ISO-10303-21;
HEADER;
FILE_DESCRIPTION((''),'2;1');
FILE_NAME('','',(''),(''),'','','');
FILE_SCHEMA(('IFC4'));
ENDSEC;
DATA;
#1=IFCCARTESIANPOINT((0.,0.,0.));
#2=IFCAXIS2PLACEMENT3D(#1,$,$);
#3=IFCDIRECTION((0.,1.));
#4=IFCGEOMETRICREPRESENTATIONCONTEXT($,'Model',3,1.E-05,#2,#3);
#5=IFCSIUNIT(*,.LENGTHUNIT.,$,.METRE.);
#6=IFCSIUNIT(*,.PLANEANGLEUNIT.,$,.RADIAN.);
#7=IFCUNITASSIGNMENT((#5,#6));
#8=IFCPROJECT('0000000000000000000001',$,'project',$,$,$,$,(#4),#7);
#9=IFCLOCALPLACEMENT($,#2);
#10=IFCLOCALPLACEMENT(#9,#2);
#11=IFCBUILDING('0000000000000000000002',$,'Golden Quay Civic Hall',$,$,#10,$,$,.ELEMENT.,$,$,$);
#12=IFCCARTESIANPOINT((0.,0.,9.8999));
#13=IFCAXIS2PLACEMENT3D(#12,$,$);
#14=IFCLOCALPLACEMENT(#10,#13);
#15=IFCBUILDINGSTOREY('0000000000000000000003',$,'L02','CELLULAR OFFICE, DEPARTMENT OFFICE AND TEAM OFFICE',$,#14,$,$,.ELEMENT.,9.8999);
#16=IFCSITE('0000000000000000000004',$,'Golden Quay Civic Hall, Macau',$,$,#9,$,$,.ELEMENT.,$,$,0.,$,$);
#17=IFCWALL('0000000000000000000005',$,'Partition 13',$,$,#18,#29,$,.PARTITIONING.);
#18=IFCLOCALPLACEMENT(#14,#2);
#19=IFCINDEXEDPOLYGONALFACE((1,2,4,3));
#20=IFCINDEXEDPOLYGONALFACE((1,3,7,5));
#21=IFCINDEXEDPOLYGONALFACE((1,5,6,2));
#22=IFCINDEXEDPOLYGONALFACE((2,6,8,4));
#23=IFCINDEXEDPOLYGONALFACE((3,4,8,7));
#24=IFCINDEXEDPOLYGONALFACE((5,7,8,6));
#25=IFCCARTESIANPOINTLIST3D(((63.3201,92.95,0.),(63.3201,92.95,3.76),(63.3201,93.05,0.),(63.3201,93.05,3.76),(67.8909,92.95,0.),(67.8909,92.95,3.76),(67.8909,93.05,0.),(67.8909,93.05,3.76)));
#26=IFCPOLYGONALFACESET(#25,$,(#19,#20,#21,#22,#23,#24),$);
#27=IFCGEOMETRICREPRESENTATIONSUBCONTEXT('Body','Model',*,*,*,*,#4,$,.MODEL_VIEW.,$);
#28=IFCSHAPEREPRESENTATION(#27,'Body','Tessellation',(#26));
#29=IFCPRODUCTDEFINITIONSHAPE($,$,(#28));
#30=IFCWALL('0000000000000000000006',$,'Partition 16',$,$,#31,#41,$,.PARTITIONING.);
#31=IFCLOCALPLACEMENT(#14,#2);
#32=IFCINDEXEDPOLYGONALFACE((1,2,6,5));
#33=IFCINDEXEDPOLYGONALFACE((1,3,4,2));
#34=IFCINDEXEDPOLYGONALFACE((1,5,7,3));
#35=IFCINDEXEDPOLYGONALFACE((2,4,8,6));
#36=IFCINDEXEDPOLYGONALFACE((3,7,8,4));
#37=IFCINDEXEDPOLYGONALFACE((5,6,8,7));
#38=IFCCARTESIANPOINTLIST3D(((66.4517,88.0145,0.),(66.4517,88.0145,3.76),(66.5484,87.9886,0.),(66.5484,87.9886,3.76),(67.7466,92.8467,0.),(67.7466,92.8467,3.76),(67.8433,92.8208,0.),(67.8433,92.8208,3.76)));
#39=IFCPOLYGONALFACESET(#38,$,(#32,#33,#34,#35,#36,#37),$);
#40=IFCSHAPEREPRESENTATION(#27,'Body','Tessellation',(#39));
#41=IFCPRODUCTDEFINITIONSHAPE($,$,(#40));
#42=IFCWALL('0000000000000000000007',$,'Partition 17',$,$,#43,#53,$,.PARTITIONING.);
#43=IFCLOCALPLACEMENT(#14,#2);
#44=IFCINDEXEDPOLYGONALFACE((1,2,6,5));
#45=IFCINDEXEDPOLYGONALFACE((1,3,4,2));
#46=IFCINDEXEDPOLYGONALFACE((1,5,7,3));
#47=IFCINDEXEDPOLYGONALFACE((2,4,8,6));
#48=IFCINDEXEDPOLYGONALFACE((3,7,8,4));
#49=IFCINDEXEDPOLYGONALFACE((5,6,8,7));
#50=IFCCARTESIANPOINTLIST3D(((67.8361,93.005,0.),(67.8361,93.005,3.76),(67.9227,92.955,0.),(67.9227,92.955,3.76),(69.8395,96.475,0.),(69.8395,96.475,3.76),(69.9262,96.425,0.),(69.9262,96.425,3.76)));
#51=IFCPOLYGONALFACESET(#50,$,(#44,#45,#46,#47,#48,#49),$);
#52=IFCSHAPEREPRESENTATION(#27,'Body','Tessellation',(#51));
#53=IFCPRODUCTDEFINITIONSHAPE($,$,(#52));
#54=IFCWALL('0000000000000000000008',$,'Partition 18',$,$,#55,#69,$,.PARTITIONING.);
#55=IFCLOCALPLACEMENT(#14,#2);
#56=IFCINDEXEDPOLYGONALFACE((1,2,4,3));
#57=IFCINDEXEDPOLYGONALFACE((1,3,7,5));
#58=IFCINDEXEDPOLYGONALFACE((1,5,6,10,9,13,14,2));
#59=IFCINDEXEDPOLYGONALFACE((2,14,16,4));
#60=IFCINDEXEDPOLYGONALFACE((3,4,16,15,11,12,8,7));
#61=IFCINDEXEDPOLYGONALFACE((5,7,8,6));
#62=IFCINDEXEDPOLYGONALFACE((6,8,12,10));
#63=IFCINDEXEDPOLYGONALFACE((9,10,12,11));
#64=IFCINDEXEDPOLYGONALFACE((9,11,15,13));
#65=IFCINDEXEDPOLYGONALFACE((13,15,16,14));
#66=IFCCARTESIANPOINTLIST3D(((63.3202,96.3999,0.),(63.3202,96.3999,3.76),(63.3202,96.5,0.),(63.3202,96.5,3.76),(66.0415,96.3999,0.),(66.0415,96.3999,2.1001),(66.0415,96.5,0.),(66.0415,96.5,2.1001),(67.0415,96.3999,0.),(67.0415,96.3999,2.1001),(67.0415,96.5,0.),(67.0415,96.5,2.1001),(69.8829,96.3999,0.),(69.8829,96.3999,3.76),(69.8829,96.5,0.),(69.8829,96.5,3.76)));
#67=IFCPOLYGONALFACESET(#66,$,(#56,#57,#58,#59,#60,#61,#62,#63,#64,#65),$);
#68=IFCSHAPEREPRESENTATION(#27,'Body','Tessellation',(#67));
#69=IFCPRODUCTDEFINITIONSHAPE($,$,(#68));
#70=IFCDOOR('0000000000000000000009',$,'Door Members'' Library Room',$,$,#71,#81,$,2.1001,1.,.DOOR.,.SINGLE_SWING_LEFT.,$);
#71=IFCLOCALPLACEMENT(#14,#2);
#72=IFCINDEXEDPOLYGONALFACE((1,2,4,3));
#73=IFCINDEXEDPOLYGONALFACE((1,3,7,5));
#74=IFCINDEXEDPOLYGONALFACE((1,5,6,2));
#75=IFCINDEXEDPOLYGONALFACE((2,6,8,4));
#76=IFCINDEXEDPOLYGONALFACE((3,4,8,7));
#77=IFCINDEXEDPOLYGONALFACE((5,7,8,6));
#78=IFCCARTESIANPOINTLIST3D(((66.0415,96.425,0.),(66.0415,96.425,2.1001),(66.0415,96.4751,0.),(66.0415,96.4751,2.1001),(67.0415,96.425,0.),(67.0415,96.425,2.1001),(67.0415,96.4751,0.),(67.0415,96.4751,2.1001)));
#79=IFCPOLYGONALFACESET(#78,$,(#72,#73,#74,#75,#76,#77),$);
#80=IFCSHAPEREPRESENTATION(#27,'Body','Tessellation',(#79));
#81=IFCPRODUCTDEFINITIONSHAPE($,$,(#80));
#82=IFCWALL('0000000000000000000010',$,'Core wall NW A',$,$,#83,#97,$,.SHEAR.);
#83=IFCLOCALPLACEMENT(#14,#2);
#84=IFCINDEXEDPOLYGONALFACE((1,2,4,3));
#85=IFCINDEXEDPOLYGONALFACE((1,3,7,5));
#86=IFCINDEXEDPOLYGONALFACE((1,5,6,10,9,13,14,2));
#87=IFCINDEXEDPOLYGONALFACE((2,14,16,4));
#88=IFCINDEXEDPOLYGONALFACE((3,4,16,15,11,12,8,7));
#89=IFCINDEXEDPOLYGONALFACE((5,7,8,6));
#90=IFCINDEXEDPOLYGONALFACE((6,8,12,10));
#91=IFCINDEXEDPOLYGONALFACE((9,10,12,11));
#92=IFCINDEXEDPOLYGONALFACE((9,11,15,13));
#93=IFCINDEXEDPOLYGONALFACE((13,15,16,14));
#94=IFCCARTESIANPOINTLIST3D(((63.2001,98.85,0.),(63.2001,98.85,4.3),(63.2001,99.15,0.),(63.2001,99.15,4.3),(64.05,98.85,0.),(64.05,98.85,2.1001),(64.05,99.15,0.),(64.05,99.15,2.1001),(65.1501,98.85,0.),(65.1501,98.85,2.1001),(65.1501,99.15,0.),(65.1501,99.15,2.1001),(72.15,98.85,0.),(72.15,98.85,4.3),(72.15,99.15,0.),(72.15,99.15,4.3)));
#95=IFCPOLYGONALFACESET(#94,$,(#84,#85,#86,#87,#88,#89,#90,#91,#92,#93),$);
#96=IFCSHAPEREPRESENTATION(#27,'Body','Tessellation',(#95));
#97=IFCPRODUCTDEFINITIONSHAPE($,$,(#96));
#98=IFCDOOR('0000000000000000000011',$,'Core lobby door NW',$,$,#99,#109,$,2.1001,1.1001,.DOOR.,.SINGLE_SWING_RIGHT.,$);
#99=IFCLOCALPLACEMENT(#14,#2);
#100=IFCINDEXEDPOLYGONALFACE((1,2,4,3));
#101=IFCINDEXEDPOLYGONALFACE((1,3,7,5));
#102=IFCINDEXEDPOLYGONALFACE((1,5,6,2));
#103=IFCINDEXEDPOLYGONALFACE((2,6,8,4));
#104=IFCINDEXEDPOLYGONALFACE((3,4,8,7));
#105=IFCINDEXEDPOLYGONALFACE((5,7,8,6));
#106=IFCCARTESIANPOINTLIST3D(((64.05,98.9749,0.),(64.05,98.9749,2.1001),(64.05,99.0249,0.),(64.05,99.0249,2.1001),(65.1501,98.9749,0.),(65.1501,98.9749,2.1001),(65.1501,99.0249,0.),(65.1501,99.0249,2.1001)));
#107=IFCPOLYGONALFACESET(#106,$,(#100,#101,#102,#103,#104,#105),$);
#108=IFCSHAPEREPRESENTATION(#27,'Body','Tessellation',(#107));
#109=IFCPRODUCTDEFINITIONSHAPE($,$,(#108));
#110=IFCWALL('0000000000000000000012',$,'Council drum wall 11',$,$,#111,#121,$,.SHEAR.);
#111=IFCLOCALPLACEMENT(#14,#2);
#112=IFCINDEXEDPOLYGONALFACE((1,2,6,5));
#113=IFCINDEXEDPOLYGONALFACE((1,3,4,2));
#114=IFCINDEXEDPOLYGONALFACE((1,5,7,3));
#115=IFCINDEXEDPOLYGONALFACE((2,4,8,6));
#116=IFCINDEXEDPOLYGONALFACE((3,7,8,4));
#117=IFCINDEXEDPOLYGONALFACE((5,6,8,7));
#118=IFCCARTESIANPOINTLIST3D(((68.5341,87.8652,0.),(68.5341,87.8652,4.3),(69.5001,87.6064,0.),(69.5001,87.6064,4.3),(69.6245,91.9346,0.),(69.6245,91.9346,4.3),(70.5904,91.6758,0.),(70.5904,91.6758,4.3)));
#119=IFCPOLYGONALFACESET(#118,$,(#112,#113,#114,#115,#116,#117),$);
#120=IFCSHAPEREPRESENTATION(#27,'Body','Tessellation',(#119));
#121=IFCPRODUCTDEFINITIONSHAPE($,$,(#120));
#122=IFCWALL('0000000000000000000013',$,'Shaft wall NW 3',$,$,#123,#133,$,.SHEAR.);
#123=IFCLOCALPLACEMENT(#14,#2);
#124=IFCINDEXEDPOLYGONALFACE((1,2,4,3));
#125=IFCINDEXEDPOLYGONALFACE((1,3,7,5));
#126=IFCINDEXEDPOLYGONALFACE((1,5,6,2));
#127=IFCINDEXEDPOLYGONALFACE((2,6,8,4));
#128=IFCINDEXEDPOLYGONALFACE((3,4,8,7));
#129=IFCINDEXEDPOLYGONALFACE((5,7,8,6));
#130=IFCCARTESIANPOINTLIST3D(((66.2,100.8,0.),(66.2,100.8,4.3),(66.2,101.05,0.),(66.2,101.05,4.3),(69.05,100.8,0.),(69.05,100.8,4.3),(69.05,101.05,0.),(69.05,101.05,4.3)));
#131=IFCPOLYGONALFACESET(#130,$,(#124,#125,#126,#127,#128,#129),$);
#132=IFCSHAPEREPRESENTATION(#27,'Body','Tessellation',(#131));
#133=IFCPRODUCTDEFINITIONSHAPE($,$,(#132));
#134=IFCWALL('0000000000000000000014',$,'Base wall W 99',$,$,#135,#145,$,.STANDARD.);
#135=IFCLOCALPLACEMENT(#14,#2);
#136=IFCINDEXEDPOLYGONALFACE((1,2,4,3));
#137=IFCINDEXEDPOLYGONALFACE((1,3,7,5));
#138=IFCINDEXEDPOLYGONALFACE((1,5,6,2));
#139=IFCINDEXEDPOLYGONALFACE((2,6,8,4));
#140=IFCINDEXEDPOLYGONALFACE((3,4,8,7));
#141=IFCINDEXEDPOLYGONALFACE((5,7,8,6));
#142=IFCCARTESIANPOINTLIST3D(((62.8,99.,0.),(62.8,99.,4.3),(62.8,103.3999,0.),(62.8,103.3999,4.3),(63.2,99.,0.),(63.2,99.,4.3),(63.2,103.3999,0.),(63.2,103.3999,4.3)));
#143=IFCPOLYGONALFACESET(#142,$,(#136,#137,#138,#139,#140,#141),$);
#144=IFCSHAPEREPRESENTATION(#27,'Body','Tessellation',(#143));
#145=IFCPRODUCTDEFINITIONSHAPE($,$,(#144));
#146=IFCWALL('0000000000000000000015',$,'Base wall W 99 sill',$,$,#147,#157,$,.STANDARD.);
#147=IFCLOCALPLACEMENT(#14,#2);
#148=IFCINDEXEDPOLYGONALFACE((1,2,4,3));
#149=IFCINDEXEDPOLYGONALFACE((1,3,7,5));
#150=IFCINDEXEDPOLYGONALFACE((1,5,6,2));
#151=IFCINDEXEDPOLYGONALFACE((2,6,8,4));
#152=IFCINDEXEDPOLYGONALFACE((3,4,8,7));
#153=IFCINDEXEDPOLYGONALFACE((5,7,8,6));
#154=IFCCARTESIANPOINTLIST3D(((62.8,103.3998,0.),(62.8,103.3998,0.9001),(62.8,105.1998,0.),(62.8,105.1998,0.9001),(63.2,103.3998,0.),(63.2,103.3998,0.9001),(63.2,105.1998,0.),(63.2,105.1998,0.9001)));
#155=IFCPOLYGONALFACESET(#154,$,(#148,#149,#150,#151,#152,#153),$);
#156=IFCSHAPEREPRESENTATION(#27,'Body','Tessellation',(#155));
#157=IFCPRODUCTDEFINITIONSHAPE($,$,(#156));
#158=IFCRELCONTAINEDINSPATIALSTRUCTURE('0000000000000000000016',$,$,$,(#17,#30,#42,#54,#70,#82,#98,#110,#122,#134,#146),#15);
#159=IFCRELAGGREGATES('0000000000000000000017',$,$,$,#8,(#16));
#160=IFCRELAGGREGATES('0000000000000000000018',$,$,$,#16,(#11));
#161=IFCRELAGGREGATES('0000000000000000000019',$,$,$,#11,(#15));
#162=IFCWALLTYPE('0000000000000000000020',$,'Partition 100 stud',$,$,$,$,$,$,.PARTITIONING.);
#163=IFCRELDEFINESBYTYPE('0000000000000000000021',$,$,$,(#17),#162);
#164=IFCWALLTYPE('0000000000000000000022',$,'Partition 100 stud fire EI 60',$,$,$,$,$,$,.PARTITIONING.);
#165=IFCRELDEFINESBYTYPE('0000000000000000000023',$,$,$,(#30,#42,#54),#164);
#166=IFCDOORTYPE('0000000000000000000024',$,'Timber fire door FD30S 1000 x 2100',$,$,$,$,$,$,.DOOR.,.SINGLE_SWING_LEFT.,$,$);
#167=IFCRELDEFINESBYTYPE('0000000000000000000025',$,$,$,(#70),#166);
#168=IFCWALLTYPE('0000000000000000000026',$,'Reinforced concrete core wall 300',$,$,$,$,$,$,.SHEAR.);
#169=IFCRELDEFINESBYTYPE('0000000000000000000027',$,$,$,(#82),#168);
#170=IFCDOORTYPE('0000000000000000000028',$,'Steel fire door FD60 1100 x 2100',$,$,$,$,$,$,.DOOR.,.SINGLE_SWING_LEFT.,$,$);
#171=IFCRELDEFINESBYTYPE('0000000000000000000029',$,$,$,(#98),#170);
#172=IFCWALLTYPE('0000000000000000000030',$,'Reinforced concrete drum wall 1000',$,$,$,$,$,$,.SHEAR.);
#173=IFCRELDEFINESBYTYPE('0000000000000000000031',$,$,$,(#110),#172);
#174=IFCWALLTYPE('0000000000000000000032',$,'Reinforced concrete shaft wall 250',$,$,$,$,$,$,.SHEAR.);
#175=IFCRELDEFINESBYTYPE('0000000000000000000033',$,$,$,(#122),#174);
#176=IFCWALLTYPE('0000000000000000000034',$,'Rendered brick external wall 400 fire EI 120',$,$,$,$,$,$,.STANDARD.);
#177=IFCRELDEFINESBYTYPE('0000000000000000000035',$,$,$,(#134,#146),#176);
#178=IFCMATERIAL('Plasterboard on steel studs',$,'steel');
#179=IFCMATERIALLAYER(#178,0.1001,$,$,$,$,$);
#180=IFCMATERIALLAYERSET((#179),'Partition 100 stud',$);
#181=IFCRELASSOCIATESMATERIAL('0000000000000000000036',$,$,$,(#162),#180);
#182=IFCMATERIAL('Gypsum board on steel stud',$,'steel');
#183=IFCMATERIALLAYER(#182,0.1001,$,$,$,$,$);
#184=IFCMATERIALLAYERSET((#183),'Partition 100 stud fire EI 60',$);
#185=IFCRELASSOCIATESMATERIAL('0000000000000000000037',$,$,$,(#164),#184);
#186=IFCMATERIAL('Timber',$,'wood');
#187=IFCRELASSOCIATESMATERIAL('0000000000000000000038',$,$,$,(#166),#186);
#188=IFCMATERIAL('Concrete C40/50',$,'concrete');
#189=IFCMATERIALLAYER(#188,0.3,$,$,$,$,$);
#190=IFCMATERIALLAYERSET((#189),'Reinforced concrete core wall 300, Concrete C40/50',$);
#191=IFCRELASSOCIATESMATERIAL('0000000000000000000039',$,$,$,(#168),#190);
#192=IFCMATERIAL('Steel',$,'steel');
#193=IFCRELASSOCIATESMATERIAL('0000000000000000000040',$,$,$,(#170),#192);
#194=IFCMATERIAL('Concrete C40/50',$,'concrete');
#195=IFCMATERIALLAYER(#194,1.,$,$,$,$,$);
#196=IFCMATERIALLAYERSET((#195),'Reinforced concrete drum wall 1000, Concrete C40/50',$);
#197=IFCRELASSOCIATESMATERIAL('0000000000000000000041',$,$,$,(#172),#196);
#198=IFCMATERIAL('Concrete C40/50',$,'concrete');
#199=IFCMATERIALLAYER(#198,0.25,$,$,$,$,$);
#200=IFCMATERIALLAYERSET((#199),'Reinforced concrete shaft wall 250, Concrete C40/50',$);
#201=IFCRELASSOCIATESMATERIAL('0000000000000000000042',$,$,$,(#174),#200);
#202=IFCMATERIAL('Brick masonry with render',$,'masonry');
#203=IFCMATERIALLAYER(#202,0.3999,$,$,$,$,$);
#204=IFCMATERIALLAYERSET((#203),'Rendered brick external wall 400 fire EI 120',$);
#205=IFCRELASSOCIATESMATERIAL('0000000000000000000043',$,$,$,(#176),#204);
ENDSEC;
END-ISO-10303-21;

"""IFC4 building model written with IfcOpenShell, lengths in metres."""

from ifc_helpers import new_model, si_unit, direction, frame, frame_2d, origin, place, context, subcontext, project, spatial, rectangle, extrude, material, layer, layer_set, type_object, element, fill, save


model = new_model("IFC4")

# Units and contexts
model_context = context("Model", 3, precision=1e-05, world=origin(), true_north=direction((0.0, 1.0)))
body_context = subcontext(model_context, "Body", "Model", "MODEL_VIEW")
ifc_project = project(units=[si_unit("LENGTHUNIT", "METRE"), si_unit("PLANEANGLEUNIT", "RADIAN")], contexts=[model_context])

# Site, building, storey
site_placement = place(None, origin())
site = spatial("IfcSite", under=ifc_project, at=site_placement, Name="Golden Quay Civic Hall, Macau", CompositionType="ELEMENT", RefElevation=0.0)
building_placement = place(site_placement, origin())
building = spatial("IfcBuilding", under=site, at=building_placement, Name="Golden Quay Civic Hall", CompositionType="ELEMENT")
storey_placement = place(building_placement, frame((0.0, 0.0, 9.8999)))
storey = spatial("IfcBuildingStorey", under=building, at=storey_placement, Name="L02", Description="CELLULAR OFFICE, DEPARTMENT OFFICE AND TEAM OFFICE", CompositionType="ELEMENT", Elevation=9.8999)

# Walls
ifc_material_1 = material(Name="Plasterboard on steel studs", Category="steel")
ifc_layer_1 = layer(ifc_material_1, 0.1001)
ifc_layer_set_1 = layer_set([ifc_layer_1], Name="Partition 100 stud")
wall_type_1 = type_object("IfcWallType", Name="Partition 100 stud", PredefinedType="PARTITIONING", material=ifc_layer_set_1)
wall_1_placement = place(storey_placement, frame((67.8909, 93.0, 0.0), z_axis=(0.0, 0.0, 1.0), x_axis=(-1.0, 0.0, 0.0)))
element("IfcWall", 1, at=wall_1_placement, inside=storey, type_object=wall_type_1, Name="Partition 13", PredefinedType="PARTITIONING", context=body_context, shape_type="SweptSolid", body=[
    extrude(rectangle(XDim=4.5708, YDim=0.1001, at=frame_2d((2.2854, 0.0))), origin(), (0.0, 0.0, 1.0), 3.76),
])
ifc_material_2 = material(Name="Gypsum board on steel stud", Category="steel")
ifc_layer_2 = layer(ifc_material_2, 0.1001)
ifc_layer_set_2 = layer_set([ifc_layer_2], Name="Partition 100 stud fire EI 60")
wall_type_2 = type_object("IfcWallType", Name="Partition 100 stud fire EI 60", PredefinedType="PARTITIONING", material=ifc_layer_set_2)
wall_2_placement = place(storey_placement, frame((66.5, 88.0015, 0.0), z_axis=(0.0, 0.0, 1.0), x_axis=(0.258841, 0.96592, 0.0)))
element("IfcWall", 2, at=wall_2_placement, inside=storey, type_object=wall_type_2, Name="Partition 16", PredefinedType="PARTITIONING", context=body_context, shape_type="SweptSolid", body=[
    extrude(rectangle(XDim=5.0027, YDim=0.1001, at=frame_2d((2.5015, 0.0))), origin(), (0.0, 0.0, 1.0), 3.76),
])
wall_3_placement = place(storey_placement, frame((67.8794, 92.98, 0.0), z_axis=(0.0, 0.0, 1.0), x_axis=(0.500006, 0.866022, 0.0)))
element("IfcWall", 3, at=wall_3_placement, inside=storey, type_object=wall_type_2, Name="Partition 17", PredefinedType="PARTITIONING", context=body_context, shape_type="SweptSolid", body=[
    extrude(rectangle(XDim=4.0068, YDim=0.1001, at=frame_2d((2.0034, 0.0))), origin(), (0.0, 0.0, 1.0), 3.76),
])

# Walls, openings, doors
wall_4_placement = place(storey_placement, frame((69.8828, 96.45, 0.0), z_axis=(0.0, 0.0, 1.0), x_axis=(-1.0, 0.0, 0.0)))
wall_4 = element("IfcWall", 4, at=wall_4_placement, inside=storey, type_object=wall_type_2, Name="Partition 18", PredefinedType="PARTITIONING", context=body_context, shape_type="SweptSolid", body=[
    extrude(rectangle(XDim=6.5627, YDim=0.1001, at=frame_2d((3.2812, 0.0))), origin(), (0.0, 0.0, 1.0), 3.76),
])
opening_1_placement = place(wall_4_placement, frame((2.8413, 0.0, 0.0)))
opening_1 = element("IfcOpeningElement", 5, at=opening_1_placement, cuts=wall_4, PredefinedType="OPENING", context=body_context, shape_type="SweptSolid", body=[
    extrude(rectangle(XDim=1.0, YDim=2.1001, at=frame_2d((0.5, 1.05))), frame((0.0, 0.0601, 0.0), z_axis=(0.0, -1.0, 0.0), x_axis=(1.0, 0.0, 0.0)), (0.0, 0.0, 1.0), 0.1201),
])
ifc_material_3 = material(Name="Timber", Category="wood")
door_type_1 = type_object("IfcDoorType", Name="Timber fire door FD30S 1000 x 2100", OperationType="SINGLE_SWING_LEFT", PredefinedType="DOOR", material=ifc_material_3)
door_1_placement = place(opening_1_placement, origin())
door_1 = element("IfcDoor", 6, at=door_1_placement, inside=storey, type_object=door_type_1, Name="Door Members' Library Room", OperationType="SINGLE_SWING_LEFT", OverallHeight=2.1001, OverallWidth=1.0, PredefinedType="DOOR", context=body_context, shape_type="SweptSolid", body=[
    extrude(rectangle(XDim=1.0, YDim=2.1001, at=frame_2d((0.5, 1.05))), frame((0.0, 0.0249, 0.0), z_axis=(0.0, -1.0, 0.0), x_axis=(1.0, 0.0, 0.0)), (0.0, 0.0, 1.0), 0.05),
])
fill(opening_1, door_1)
ifc_material_4 = material(Name="Concrete C40/50", Category="concrete")
ifc_layer_3 = layer(ifc_material_4, 0.3)
ifc_layer_set_3 = layer_set([ifc_layer_3], Name="Reinforced concrete core wall 300, Concrete C40/50")
wall_type_3 = type_object("IfcWallType", Name="Reinforced concrete core wall 300", PredefinedType="SHEAR", material=ifc_layer_set_3)
wall_5_placement = place(storey_placement, frame((63.2, 99.0, 0.0), z_axis=(0.0, 0.0, 1.0), x_axis=(1.0, 0.0, 0.0)))
wall_5 = element("IfcWall", 7, at=wall_5_placement, inside=storey, type_object=wall_type_3, Name="Core wall NW A", PredefinedType="SHEAR", context=body_context, shape_type="SweptSolid", body=[
    extrude(rectangle(XDim=8.95, YDim=0.3, at=frame_2d((4.4751, 0.0))), origin(), (0.0, 0.0, 1.0), 4.3),
])
opening_2_placement = place(wall_5_placement, frame((0.8501, 0.0, 0.0)))
opening_2 = element("IfcOpeningElement", 8, at=opening_2_placement, cuts=wall_5, PredefinedType="OPENING", context=body_context, shape_type="SweptSolid", body=[
    extrude(rectangle(XDim=1.1001, YDim=2.1001, at=frame_2d((0.55, 1.05))), frame((0.0, 0.1599, 0.0), z_axis=(0.0, -1.0, 0.0), x_axis=(1.0, 0.0, 0.0)), (0.0, 0.0, 1.0), 0.3201),
])
ifc_material_5 = material(Name="Steel", Category="steel")
door_type_2 = type_object("IfcDoorType", Name="Steel fire door FD60 1100 x 2100", OperationType="SINGLE_SWING_LEFT", PredefinedType="DOOR", material=ifc_material_5)
door_2_placement = place(opening_2_placement, frame((1.1001, 0.0, 0.0), z_axis=(0.0, 0.0, 1.0), x_axis=(-1.0, 0.0, 0.0)))
door_2 = element("IfcDoor", 9, at=door_2_placement, inside=storey, type_object=door_type_2, Name="Core lobby door NW", OperationType="SINGLE_SWING_RIGHT", OverallHeight=2.1001, OverallWidth=1.1001, PredefinedType="DOOR", context=body_context, shape_type="SweptSolid", body=[
    extrude(rectangle(XDim=1.1001, YDim=2.1001, at=frame_2d((0.55, 1.05))), frame((0.0, 0.0251, 0.0), z_axis=(0.0, -1.0, 0.0), x_axis=(1.0, 0.0, 0.0)), (0.0, 0.0, 1.0), 0.05),
])
fill(opening_2, door_2)

# Wall
ifc_material_6 = material(Name="Concrete C40/50", Category="concrete")
ifc_layer_4 = layer(ifc_material_6, 1.0)
ifc_layer_set_4 = layer_set([ifc_layer_4], Name="Reinforced concrete drum wall 1000, Concrete C40/50")
wall_type_4 = type_object("IfcWallType", Name="Reinforced concrete drum wall 1000", PredefinedType="SHEAR", material=ifc_layer_set_4)
wall_6_placement = place(storey_placement, frame((70.1074, 91.8052, 0.0), z_axis=(0.0, 0.0, 1.0), x_axis=(-0.258809, -0.965928, 0.0)))
element("IfcWall", 10, at=wall_6_placement, inside=storey, type_object=wall_type_4, Name="Council drum wall 11", PredefinedType="SHEAR", context=body_context, shape_type="SweptSolid", body=[
    extrude(rectangle(XDim=4.2129, YDim=1.0, at=frame_2d((2.1064, 0.0))), origin(), (0.0, 0.0, 1.0), 4.3),
])

# Walls
ifc_material_7 = material(Name="Concrete C40/50", Category="concrete")
ifc_layer_5 = layer(ifc_material_7, 0.25)
ifc_layer_set_5 = layer_set([ifc_layer_5], Name="Reinforced concrete shaft wall 250, Concrete C40/50")
wall_type_5 = type_object("IfcWallType", Name="Reinforced concrete shaft wall 250", PredefinedType="SHEAR", material=ifc_layer_set_5)
wall_7_placement = place(storey_placement, frame((66.2, 100.925, 0.0), z_axis=(0.0, 0.0, 1.0), x_axis=(1.0, 0.0, 0.0)))
element("IfcWall", 11, at=wall_7_placement, inside=storey, type_object=wall_type_5, Name="Shaft wall NW 3", PredefinedType="SHEAR", context=body_context, shape_type="SweptSolid", body=[
    extrude(rectangle(XDim=2.8501, YDim=0.25, at=frame_2d((1.425, 0.0))), origin(), (0.0, 0.0, 1.0), 4.3),
])
ifc_material_8 = material(Name="Brick masonry with render", Category="masonry")
ifc_layer_6 = layer(ifc_material_8, 0.3999)
ifc_layer_set_6 = layer_set([ifc_layer_6], Name="Rendered brick external wall 400 fire EI 120")
wall_type_6 = type_object("IfcWallType", Name="Rendered brick external wall 400 fire EI 120", PredefinedType="STANDARD", material=ifc_layer_set_6)
wall_8_placement = place(storey_placement, frame((63.0, 99.0, 0.0), z_axis=(0.0, 0.0, 1.0), x_axis=(0.0, 1.0, 0.0)))
element("IfcWall", 12, at=wall_8_placement, inside=storey, type_object=wall_type_6, Name="Base wall W 99", PredefinedType="STANDARD", context=body_context, shape_type="SweptSolid", body=[
    extrude(rectangle(XDim=4.3999, YDim=0.3999, at=frame_2d((2.2, 0.0))), origin(), (0.0, 0.0, 1.0), 4.3),
])
wall_9_placement = place(storey_placement, frame((63.0, 103.3999, 0.0), z_axis=(0.0, 0.0, 1.0), x_axis=(0.0, 1.0, 0.0)))
element("IfcWall", 13, at=wall_9_placement, inside=storey, type_object=wall_type_6, Name="Base wall W 99 sill", PredefinedType="STANDARD", context=body_context, shape_type="SweptSolid", body=[
    extrude(rectangle(XDim=1.8, YDim=0.3999, at=frame_2d((0.8999, 0.0))), origin(), (0.0, 0.0, 1.0), 0.9001),
])

save(model, "model.ifc")
